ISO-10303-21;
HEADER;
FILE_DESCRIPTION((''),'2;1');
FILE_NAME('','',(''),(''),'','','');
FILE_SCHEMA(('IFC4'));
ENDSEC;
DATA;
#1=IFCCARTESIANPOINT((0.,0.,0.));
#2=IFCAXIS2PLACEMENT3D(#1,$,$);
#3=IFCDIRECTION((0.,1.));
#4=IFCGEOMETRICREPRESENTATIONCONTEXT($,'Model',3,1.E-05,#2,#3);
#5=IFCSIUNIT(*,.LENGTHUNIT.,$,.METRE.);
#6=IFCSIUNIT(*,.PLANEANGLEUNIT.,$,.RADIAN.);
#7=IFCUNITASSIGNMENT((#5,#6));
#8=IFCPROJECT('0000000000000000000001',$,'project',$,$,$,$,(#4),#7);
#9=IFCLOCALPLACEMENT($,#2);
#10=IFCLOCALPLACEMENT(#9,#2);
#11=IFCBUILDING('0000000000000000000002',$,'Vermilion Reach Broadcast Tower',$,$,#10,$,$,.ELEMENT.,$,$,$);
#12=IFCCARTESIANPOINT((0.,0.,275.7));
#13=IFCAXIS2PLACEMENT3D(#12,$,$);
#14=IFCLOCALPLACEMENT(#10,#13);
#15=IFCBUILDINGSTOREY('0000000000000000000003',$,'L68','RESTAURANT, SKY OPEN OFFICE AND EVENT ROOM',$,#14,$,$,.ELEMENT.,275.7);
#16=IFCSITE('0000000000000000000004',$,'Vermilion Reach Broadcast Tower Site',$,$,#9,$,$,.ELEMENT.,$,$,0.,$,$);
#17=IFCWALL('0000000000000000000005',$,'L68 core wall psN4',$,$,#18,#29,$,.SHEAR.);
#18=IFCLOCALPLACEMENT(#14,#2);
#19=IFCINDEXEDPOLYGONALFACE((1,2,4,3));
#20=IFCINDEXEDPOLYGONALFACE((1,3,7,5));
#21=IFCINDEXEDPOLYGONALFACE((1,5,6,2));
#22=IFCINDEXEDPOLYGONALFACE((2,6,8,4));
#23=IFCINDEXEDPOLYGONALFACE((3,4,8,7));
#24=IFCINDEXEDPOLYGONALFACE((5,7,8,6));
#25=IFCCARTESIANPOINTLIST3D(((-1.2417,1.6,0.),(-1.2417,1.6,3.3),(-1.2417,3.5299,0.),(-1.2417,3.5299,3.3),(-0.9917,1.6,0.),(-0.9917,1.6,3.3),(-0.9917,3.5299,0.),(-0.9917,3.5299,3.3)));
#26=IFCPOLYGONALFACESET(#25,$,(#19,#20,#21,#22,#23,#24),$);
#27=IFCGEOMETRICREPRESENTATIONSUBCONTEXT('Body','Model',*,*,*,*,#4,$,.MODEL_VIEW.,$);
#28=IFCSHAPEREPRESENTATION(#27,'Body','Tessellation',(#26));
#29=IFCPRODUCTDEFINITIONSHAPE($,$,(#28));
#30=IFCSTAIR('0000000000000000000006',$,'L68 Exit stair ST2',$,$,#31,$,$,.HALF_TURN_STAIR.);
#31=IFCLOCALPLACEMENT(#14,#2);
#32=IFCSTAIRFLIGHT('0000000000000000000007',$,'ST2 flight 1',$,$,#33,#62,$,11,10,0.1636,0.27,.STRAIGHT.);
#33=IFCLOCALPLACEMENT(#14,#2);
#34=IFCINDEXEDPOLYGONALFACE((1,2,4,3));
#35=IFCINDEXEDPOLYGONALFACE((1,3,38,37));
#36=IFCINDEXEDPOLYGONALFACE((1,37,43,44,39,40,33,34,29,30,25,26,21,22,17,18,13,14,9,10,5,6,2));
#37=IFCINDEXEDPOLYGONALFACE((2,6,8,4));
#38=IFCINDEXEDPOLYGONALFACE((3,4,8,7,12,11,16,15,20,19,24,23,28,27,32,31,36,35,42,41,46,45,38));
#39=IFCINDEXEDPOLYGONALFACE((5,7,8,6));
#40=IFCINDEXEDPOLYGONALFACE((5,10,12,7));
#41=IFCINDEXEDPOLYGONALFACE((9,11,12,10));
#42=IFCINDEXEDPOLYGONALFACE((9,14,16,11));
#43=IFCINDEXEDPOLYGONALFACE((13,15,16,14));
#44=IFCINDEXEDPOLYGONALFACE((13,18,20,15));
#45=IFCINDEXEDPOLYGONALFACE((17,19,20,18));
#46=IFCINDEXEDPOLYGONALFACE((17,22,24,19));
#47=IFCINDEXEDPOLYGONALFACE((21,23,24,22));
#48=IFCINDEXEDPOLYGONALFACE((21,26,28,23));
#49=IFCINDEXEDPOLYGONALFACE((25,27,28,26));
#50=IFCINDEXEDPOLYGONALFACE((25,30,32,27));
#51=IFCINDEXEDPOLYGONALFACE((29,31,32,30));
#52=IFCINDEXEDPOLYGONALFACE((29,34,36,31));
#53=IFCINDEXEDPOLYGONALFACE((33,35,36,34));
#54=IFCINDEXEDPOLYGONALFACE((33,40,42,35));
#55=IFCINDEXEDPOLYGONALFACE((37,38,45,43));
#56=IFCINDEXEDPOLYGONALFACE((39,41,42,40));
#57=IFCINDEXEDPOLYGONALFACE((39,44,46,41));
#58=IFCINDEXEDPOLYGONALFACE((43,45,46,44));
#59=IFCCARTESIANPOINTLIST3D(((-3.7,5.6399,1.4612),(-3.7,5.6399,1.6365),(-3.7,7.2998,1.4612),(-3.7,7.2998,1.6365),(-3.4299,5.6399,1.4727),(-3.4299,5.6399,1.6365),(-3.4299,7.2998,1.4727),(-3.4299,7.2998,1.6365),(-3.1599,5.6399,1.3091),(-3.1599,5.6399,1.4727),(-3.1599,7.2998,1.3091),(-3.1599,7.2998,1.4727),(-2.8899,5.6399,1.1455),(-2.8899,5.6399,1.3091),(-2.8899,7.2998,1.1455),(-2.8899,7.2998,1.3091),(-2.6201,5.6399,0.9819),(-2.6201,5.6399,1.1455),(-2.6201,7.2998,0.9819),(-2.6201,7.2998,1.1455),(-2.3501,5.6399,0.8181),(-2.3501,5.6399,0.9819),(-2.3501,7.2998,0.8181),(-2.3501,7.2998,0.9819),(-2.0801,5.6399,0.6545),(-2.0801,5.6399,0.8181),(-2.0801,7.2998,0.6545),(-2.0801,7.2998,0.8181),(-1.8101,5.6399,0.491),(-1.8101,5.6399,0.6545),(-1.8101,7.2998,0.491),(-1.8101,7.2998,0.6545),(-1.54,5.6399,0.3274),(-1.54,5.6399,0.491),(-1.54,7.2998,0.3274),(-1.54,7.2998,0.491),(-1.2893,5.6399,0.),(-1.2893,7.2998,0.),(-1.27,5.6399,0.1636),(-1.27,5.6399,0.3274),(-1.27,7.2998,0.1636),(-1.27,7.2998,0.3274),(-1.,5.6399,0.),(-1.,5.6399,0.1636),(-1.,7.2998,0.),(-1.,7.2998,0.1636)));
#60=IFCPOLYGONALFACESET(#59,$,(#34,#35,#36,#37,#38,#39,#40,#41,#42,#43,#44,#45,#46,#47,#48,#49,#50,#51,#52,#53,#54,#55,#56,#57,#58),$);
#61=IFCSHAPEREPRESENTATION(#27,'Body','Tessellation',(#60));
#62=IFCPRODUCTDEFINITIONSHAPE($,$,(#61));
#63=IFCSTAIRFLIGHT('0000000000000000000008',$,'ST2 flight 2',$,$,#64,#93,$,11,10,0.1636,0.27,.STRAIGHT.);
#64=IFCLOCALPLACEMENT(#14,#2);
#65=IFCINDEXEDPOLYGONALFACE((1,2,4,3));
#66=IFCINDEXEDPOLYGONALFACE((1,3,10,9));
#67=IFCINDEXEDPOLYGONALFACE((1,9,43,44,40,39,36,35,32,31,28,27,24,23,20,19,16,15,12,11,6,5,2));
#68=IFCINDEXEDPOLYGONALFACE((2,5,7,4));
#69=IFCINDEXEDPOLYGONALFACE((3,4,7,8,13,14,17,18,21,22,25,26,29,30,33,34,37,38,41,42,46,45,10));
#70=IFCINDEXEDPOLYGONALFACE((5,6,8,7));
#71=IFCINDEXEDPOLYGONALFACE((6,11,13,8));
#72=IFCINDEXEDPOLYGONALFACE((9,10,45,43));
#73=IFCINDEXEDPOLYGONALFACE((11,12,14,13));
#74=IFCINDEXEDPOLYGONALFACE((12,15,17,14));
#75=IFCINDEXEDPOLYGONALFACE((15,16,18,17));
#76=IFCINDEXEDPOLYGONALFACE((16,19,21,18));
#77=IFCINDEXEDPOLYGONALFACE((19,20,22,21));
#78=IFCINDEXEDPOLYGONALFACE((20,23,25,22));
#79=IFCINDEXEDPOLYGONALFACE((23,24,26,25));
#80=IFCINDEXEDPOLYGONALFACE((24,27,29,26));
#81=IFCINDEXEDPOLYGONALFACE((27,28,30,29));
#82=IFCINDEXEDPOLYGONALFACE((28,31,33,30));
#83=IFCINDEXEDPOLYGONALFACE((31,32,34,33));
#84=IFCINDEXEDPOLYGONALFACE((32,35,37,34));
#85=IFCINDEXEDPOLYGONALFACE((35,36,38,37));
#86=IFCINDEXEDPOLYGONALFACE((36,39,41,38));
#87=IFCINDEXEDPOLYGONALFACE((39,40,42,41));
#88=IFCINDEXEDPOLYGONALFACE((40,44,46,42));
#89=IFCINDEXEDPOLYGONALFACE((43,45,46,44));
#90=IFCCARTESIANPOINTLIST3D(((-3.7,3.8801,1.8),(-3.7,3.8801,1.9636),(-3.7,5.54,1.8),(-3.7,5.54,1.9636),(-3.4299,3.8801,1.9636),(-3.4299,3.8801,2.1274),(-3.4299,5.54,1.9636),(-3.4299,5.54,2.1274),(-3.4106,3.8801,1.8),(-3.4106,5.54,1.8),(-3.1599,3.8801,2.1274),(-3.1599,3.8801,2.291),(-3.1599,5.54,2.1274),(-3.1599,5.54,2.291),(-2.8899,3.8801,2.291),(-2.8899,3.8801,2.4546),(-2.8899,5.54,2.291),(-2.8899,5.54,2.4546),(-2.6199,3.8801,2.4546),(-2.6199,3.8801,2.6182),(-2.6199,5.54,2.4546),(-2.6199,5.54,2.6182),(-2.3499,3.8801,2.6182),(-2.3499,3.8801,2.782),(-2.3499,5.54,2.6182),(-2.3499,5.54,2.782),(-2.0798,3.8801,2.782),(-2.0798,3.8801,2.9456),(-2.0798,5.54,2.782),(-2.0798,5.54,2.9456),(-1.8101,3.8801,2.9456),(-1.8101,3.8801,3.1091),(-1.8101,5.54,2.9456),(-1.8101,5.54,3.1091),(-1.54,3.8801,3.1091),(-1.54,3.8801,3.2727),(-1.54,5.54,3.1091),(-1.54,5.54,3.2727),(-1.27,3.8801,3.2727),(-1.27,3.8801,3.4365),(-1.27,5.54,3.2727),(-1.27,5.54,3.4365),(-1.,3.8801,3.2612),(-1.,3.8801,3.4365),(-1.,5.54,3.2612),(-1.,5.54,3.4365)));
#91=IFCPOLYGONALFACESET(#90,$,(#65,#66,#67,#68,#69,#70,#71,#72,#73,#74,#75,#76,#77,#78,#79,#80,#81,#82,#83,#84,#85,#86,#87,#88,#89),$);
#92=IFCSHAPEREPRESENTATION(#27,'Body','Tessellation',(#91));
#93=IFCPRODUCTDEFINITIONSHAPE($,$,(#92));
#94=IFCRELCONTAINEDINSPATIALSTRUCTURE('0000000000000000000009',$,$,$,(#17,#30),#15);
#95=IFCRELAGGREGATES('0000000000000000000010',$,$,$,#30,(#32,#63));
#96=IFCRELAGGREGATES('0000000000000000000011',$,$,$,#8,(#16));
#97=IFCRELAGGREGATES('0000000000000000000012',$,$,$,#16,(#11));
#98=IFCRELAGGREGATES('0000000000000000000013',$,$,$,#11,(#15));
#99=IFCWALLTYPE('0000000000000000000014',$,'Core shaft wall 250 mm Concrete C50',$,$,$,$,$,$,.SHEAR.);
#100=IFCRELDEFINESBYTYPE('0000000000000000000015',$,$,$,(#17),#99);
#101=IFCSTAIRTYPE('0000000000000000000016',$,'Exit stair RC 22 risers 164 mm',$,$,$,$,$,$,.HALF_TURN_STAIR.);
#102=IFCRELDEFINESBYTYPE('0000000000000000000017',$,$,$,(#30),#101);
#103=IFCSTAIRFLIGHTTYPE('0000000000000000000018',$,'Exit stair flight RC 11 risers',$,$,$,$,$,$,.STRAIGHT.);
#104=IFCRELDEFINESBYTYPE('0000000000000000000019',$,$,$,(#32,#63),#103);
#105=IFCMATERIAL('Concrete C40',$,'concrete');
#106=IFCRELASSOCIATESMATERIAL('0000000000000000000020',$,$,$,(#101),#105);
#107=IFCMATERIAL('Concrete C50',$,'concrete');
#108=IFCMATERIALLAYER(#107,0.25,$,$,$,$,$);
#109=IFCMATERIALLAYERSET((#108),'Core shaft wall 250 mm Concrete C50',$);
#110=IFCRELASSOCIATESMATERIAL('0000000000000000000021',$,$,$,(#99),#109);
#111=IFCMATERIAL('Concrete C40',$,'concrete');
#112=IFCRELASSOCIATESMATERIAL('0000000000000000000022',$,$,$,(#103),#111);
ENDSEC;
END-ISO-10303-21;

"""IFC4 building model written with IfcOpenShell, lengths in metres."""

from ifc_helpers import new_model, si_unit, direction, frame, frame_2d, origin, place, context, subcontext, project, spatial, polyline, rectangle, outline, extrude, material, layer, layer_set, type_object, element, aggregate, save


model = new_model("IFC4")

# Units and contexts
model_context = context("Model", 3, precision=1e-05, world=origin(), true_north=direction((0.0, 1.0)))
body_context = subcontext(model_context, "Body", "Model", "MODEL_VIEW")
ifc_project = project(units=[si_unit("LENGTHUNIT", "METRE"), si_unit("PLANEANGLEUNIT", "RADIAN")], contexts=[model_context])

# Site, building, storey
site_placement = place(None, origin())
site = spatial("IfcSite", under=ifc_project, at=site_placement, Name="Vermilion Reach Broadcast Tower Site", CompositionType="ELEMENT", RefElevation=0.0)
building_placement = place(site_placement, origin())
building = spatial("IfcBuilding", under=site, at=building_placement, Name="Vermilion Reach Broadcast Tower", CompositionType="ELEMENT")
storey_placement = place(building_placement, frame((0.0, 0.0, 275.7)))
storey = spatial("IfcBuildingStorey", under=building, at=storey_placement, Name="L68", Description="RESTAURANT, SKY OPEN OFFICE AND EVENT ROOM", CompositionType="ELEMENT", Elevation=275.7)

# Shared definitions
ifc_material_1 = material(Name="Concrete C40", Category="concrete")
stair_type = type_object("IfcStairType", Name="Exit stair RC 22 risers 164 mm", PredefinedType="HALF_TURN_STAIR", material=ifc_material_1)
placement = place(storey_placement, origin())

# Wall
ifc_material_2 = material(Name="Concrete C50", Category="concrete")
ifc_layer_1 = layer(ifc_material_2, 0.25)
ifc_layer_set_1 = layer_set([ifc_layer_1], Name="Core shaft wall 250 mm Concrete C50")
wall_type_1 = type_object("IfcWallType", Name="Core shaft wall 250 mm Concrete C50", PredefinedType="SHEAR", material=ifc_layer_set_1)
for number, where, z_axis, x_axis, name in (
    (1, (-1.1167, 1.6001, 0.0), (0.0, 0.0, 1.0), (0.0, 1.0, 0.0), "L68 core wall psN4"),
):
    element("IfcWall", number, at=place(storey_placement, frame(where, z_axis=z_axis, x_axis=x_axis)), inside=storey, type_object=wall_type_1, Name=name, PredefinedType="SHEAR", context=body_context, shape_type="SweptSolid", body=[
        extrude(rectangle(XDim=1.9299, YDim=0.25, at=frame_2d((0.9648, 0.0))), origin(), (0.0, 0.0, 1.0), 3.3),
    ])

# Stair, stair flights
stair_1 = element("IfcStair", 2, at=placement, inside=storey, type_object=stair_type, Name="L68 Exit stair ST2", PredefinedType="HALF_TURN_STAIR")
ifc_material_3 = material(Name="Concrete C40", Category="concrete")
stair_flight_type = type_object("IfcStairFlightType", Name="Exit stair flight RC 11 risers", PredefinedType="STRAIGHT", material=ifc_material_3)
stair_flight_1_placement = place(storey_placement, frame((-1.0, 6.47, 0.0), z_axis=(0.0, 0.0, 1.0), x_axis=(-1.0, 0.0, 0.0)))
stair_flight_1 = element("IfcStairFlight", 3, at=stair_flight_1_placement, type_object=stair_flight_type, Name="ST2 flight 1", NumberOfRisers=11, NumberOfTreads=10, PredefinedType="STRAIGHT", RiserHeight=0.1636, TreadLength=0.27, context=body_context, shape_type="SweptSolid", body=[
    extrude(outline(polyline([(0.0, 0.0), (0.0, 0.1636), (0.27, 0.1636), (0.27, 0.3274), (0.54, 0.3274), (0.54, 0.491), (0.8101, 0.491), (0.8101, 0.6545), (1.0801, 0.6545), (1.0801, 0.8181), (1.3501, 0.8181), (1.3501, 0.9819), (1.6201, 0.9819), (1.6201, 1.1455), (1.8899, 1.1455), (1.8899, 1.3091), (2.1599, 1.3091), (2.1599, 1.4727), (2.4299, 1.4727), (2.4299, 1.6365), (2.7, 1.6365), (2.7, 1.8), (2.7, 1.4612), (0.2893, 0.0), (0.0, 0.0)])), frame((0.0, 0.8301, 0.0), z_axis=(0.0, -1.0, 0.0), x_axis=(1.0, 0.0, 0.0)), (0.0, 0.0, 1.0), 1.6599),
])
stair_flight_2_placement = place(storey_placement, frame((-3.7, 4.71, 1.8), z_axis=(0.0, 0.0, 1.0), x_axis=(1.0, 0.0, 0.0)))
stair_flight_2 = element("IfcStairFlight", 4, at=stair_flight_2_placement, type_object=stair_flight_type, Name="ST2 flight 2", NumberOfRisers=11, NumberOfTreads=10, PredefinedType="STRAIGHT", RiserHeight=0.1636, TreadLength=0.27, context=body_context, shape_type="SweptSolid", body=[
    extrude(outline(polyline([(0.0, 0.0), (0.0, 0.1636), (0.27, 0.1636), (0.27, 0.3274), (0.54, 0.3274), (0.54, 0.491), (0.8101, 0.491), (0.8101, 0.6545), (1.0801, 0.6545), (1.0801, 0.8181), (1.3501, 0.8181), (1.3501, 0.9819), (1.6201, 0.9819), (1.6201, 1.1455), (1.8899, 1.1455), (1.8899, 1.3091), (2.1599, 1.3091), (2.1599, 1.4727), (2.4299, 1.4727), (2.4299, 1.6365), (2.7, 1.6365), (2.7, 1.8), (2.7, 1.4612), (0.2893, 0.0), (0.0, 0.0)])), frame((0.0, 0.8301, 0.0), z_axis=(0.0, -1.0, 0.0), x_axis=(1.0, 0.0, 0.0)), (0.0, 0.0, 1.0), 1.6599),
])
aggregate(stair_1, [stair_flight_1, stair_flight_2])

save(model, "model.ifc")
